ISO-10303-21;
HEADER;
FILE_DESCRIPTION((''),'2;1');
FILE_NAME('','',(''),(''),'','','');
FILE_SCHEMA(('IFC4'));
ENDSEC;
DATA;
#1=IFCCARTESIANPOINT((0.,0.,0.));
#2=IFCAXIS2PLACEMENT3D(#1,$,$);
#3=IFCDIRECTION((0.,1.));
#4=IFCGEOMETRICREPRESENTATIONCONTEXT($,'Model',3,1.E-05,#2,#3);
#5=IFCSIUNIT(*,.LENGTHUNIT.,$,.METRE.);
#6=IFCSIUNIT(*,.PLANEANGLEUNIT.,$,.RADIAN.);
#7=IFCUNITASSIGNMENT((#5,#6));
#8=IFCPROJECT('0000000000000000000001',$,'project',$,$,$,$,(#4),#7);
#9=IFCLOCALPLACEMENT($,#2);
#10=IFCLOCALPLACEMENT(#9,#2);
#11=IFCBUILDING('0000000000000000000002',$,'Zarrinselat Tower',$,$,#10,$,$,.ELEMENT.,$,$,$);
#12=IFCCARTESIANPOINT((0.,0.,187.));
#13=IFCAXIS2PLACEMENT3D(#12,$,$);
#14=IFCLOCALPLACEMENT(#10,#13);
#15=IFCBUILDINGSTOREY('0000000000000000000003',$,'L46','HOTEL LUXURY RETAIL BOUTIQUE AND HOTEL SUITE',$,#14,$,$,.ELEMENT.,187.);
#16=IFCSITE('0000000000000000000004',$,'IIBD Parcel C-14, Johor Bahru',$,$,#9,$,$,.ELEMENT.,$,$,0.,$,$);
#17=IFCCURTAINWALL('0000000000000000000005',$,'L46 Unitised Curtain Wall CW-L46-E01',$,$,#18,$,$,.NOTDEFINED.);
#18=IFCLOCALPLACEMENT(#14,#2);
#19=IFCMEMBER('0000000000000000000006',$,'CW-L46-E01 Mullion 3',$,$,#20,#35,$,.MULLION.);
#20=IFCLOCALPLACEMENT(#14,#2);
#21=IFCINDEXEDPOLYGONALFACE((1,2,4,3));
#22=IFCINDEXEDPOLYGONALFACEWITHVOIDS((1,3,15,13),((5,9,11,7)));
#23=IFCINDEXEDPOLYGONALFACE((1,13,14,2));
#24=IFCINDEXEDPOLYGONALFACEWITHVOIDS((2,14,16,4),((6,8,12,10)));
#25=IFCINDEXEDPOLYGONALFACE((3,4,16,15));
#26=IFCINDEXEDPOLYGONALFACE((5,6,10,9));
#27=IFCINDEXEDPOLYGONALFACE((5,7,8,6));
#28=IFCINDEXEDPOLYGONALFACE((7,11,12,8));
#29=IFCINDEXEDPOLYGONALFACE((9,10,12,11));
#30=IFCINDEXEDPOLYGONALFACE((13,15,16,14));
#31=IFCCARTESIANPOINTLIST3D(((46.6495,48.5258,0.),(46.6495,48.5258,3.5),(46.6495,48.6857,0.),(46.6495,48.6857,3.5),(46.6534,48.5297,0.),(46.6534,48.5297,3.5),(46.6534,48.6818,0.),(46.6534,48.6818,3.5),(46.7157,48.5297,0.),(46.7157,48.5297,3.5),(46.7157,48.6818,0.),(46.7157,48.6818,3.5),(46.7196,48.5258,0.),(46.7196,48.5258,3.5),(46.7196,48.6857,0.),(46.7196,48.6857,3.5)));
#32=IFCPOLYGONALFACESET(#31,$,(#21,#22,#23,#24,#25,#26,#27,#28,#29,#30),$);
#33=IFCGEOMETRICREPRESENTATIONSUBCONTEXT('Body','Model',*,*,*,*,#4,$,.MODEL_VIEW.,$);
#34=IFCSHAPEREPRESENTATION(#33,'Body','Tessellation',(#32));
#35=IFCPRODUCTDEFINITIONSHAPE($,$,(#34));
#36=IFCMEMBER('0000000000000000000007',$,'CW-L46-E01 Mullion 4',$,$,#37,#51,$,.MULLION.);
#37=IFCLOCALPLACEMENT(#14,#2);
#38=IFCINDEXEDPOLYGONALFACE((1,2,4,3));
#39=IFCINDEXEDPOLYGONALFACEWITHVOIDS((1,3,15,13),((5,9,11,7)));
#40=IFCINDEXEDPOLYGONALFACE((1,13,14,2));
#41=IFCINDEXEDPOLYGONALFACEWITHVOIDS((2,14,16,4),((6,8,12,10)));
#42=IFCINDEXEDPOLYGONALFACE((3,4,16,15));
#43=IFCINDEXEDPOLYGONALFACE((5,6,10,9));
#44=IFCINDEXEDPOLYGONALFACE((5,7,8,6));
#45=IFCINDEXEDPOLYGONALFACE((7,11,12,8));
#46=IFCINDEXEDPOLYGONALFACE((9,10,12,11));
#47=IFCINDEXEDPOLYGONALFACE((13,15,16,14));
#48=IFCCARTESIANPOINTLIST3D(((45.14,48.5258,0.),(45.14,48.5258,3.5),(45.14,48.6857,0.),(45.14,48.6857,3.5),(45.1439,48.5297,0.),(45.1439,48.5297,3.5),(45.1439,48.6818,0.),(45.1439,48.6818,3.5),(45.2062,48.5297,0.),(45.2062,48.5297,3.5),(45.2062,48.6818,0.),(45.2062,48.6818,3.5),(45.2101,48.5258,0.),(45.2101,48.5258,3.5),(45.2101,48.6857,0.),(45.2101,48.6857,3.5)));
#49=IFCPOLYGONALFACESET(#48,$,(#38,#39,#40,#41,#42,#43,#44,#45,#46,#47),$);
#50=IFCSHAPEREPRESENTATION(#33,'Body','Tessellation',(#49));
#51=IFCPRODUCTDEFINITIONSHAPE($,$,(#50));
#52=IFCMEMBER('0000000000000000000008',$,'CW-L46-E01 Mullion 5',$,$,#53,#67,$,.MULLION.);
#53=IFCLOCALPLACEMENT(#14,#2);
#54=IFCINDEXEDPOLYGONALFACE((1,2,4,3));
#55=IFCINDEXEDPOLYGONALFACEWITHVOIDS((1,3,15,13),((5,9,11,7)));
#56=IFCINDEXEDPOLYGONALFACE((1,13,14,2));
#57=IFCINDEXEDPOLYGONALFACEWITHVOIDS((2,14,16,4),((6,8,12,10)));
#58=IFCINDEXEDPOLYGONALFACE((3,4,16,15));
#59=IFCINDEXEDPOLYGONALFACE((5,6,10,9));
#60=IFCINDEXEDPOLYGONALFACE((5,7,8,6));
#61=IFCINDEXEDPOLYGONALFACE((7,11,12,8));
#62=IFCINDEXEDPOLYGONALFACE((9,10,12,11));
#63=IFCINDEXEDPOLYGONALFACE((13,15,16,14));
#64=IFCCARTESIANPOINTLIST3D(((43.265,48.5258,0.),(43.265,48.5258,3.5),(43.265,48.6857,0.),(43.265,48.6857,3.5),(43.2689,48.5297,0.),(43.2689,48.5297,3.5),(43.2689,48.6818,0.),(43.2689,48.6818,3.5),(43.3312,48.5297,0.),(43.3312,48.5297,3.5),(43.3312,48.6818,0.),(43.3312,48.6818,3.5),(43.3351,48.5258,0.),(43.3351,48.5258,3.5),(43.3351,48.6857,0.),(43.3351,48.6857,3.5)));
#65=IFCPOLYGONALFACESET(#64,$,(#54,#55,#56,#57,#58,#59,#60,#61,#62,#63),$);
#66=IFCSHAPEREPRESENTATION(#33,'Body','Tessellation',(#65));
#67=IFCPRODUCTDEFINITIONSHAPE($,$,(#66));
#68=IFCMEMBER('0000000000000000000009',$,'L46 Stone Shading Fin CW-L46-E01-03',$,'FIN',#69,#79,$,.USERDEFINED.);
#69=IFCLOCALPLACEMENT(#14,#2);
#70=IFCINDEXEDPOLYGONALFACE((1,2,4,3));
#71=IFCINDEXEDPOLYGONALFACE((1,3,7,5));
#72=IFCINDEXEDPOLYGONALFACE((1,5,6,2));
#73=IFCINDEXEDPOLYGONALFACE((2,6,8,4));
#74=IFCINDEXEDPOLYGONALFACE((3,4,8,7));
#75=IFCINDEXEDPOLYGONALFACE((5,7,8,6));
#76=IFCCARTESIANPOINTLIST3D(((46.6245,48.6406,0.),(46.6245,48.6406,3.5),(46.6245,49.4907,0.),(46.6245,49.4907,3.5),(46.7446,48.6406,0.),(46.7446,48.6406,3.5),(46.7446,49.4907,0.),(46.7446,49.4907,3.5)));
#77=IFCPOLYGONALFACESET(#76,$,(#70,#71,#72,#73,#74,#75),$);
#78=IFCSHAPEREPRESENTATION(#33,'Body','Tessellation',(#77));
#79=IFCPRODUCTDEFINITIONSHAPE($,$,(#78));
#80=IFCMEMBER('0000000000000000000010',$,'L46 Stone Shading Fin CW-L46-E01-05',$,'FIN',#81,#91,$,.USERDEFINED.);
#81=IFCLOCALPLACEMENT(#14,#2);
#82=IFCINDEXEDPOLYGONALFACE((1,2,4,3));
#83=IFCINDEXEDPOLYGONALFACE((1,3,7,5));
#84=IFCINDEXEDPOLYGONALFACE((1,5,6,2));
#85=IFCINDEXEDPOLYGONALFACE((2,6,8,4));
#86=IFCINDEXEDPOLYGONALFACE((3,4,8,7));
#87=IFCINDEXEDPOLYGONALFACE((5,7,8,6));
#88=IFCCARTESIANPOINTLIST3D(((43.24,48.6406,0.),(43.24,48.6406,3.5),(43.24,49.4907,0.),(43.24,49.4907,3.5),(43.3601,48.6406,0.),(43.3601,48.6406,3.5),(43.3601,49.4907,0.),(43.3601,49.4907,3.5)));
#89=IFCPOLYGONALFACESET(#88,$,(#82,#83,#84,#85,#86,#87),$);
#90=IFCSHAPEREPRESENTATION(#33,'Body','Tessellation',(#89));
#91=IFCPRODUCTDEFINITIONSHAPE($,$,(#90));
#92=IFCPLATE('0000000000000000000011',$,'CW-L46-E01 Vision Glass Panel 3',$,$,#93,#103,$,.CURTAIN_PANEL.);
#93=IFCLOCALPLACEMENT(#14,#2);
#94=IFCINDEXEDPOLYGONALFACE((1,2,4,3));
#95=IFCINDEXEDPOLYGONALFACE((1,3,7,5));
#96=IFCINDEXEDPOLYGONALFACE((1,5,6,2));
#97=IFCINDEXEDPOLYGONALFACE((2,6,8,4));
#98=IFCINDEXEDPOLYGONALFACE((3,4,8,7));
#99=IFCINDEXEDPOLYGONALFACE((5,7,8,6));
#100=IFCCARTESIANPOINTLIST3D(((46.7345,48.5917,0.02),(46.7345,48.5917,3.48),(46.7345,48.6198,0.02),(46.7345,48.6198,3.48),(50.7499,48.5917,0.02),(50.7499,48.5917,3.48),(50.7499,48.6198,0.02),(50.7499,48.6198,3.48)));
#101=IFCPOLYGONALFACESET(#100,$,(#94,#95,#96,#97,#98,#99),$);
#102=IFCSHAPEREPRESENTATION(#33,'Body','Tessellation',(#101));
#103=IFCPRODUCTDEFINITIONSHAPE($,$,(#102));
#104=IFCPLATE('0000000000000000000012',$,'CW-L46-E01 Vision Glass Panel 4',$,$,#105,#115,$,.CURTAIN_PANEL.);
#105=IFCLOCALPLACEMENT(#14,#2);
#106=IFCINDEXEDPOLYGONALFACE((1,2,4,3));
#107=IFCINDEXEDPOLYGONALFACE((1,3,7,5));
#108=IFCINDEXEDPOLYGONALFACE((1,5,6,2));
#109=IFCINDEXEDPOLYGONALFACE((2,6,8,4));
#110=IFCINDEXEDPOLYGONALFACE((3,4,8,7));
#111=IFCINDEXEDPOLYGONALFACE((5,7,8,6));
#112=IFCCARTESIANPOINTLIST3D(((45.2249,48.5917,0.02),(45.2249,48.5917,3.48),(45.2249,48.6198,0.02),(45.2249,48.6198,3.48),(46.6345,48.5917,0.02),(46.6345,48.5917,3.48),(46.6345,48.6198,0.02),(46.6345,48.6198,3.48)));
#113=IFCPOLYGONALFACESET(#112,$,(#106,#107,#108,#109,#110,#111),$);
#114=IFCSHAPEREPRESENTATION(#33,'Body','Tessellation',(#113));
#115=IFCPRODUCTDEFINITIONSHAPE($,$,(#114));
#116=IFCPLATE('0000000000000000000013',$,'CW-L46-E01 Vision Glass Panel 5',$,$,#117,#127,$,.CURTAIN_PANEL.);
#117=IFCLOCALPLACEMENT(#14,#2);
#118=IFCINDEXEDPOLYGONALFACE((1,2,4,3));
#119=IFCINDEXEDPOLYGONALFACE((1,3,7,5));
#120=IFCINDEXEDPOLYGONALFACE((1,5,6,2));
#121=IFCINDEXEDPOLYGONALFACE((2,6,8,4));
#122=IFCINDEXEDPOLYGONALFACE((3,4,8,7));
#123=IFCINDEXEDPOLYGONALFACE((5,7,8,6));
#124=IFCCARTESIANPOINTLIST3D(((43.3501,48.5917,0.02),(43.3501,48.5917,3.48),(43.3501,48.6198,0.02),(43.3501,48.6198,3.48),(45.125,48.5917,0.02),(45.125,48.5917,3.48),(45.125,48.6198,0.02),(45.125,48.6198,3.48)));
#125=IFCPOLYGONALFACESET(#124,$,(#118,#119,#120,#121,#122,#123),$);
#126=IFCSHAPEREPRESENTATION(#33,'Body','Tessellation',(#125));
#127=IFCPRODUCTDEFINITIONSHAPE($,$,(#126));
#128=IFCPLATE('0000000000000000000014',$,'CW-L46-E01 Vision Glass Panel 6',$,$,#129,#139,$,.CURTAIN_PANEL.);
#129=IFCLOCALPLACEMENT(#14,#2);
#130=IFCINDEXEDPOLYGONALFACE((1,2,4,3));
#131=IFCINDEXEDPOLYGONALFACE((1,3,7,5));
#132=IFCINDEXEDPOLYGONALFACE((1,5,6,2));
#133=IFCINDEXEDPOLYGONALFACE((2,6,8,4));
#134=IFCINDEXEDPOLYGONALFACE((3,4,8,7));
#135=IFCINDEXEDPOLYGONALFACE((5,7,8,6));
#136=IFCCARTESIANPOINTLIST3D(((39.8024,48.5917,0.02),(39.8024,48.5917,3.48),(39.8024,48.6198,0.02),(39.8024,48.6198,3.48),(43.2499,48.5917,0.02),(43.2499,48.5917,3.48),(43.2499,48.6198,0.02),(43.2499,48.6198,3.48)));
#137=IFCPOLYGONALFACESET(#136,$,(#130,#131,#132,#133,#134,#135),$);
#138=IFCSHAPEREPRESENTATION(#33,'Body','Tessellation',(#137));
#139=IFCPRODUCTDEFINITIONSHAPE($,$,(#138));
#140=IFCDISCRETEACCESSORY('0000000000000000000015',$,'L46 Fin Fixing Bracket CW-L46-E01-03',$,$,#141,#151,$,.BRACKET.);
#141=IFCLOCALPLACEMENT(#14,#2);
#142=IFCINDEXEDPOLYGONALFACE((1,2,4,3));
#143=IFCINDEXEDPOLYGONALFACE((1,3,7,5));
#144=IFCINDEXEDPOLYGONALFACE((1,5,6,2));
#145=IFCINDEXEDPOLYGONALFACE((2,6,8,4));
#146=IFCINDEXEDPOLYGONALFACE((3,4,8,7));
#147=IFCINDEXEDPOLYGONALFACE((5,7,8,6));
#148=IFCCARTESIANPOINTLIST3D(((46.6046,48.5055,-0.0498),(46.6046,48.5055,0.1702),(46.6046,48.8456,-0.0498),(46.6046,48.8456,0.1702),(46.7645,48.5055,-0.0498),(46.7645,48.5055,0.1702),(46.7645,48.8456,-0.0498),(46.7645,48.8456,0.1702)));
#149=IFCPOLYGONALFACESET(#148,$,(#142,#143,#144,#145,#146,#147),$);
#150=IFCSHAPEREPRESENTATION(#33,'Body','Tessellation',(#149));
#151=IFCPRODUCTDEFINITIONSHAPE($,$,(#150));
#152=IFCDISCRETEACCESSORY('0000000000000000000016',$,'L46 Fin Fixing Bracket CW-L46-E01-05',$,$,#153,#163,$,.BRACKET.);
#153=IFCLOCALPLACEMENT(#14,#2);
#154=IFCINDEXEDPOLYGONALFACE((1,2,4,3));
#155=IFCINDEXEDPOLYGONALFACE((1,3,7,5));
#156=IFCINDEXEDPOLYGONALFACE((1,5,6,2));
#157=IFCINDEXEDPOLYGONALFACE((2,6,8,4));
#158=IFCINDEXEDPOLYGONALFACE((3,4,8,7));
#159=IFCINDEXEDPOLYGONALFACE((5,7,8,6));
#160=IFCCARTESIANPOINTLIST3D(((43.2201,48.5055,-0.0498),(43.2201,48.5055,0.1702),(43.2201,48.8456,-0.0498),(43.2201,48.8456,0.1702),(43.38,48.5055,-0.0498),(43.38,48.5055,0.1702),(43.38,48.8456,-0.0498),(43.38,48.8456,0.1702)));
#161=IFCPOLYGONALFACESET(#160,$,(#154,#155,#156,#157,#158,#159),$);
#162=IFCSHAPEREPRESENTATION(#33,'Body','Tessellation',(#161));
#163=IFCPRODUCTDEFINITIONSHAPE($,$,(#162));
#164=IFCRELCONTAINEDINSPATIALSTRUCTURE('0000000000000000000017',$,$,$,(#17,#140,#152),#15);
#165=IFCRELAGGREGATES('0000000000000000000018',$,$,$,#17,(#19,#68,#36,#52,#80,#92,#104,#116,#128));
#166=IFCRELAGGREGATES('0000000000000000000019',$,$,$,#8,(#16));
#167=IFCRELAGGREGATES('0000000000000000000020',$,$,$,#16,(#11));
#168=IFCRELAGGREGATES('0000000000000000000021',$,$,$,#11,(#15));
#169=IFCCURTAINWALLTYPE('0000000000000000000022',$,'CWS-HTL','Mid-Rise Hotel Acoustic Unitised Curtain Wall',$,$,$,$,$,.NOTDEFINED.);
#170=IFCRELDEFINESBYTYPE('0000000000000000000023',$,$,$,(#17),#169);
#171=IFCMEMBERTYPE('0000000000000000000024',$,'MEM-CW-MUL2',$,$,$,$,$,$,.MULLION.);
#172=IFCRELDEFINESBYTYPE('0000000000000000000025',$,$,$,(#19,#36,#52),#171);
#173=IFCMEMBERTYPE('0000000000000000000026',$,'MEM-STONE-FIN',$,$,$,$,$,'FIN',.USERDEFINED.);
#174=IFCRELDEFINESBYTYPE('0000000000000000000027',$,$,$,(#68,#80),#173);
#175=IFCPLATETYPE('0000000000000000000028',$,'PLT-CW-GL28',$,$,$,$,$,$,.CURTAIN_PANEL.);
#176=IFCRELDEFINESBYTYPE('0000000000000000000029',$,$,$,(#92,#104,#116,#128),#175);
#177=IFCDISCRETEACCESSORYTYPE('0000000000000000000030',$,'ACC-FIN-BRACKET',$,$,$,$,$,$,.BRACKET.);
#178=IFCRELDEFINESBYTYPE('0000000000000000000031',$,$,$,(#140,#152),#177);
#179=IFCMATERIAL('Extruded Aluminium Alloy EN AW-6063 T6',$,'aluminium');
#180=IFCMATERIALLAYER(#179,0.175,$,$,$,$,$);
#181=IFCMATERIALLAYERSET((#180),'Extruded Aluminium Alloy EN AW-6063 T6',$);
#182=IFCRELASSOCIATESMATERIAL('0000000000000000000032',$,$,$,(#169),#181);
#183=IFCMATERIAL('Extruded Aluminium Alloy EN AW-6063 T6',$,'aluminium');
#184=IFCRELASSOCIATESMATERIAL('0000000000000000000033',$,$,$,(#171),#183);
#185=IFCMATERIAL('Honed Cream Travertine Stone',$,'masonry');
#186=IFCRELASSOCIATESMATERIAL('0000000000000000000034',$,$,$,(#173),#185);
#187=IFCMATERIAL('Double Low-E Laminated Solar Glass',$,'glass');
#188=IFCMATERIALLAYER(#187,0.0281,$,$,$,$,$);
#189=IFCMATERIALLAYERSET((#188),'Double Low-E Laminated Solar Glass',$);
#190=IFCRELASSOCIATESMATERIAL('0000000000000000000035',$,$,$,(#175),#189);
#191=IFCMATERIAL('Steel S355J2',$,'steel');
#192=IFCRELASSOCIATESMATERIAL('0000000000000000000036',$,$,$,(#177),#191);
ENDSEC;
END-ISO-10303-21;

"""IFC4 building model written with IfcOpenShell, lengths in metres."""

from ifc_helpers import new_model, si_unit, direction, frame, origin, origin_2d, place, context, subcontext, project, spatial, rectangle, hollow_rectangle, extrude, material, layer, layer_set, material_profile, profile_set, type_object, element, aggregate, save


model = new_model("IFC4")

# Units and contexts
model_context = context("Model", 3, precision=1e-05, world=origin(), true_north=direction((0.0, 1.0)))
body_context = subcontext(model_context, "Body", "Model", "MODEL_VIEW")
ifc_project = project(units=[si_unit("LENGTHUNIT", "METRE"), si_unit("PLANEANGLEUNIT", "RADIAN")], contexts=[model_context])

# Site, building, storey
site_placement = place(None, origin())
site = spatial("IfcSite", under=ifc_project, at=site_placement, Name="IIBD Parcel C-14, Johor Bahru", CompositionType="ELEMENT", RefElevation=0.0)
building_placement = place(site_placement, origin())
building = spatial("IfcBuilding", under=site, at=building_placement, Name="Zarrinselat Tower", CompositionType="ELEMENT")
storey_placement = place(building_placement, frame((0.0, 0.0, 187.0)))
storey = spatial("IfcBuildingStorey", under=building, at=storey_placement, Name="L46", Description="HOTEL LUXURY RETAIL BOUTIQUE AND HOTEL SUITE", CompositionType="ELEMENT", Elevation=187.0)

# Curtain wall, members, plates
ifc_material_1 = material(Name="Extruded Aluminium Alloy EN AW-6063 T6", Category="aluminium")
ifc_layer_1 = layer(ifc_material_1, 0.175)
ifc_layer_set_1 = layer_set([ifc_layer_1], Name="Extruded Aluminium Alloy EN AW-6063 T6")
curtain_wall_type = type_object("IfcCurtainWallType", Name="CWS-HTL", Description="Mid-Rise Hotel Acoustic Unitised Curtain Wall", PredefinedType="NOTDEFINED", material=ifc_layer_set_1)
curtain_wall_placement = place(storey_placement, origin())
curtain_wall = element("IfcCurtainWall", 1, at=curtain_wall_placement, inside=storey, type_object=curtain_wall_type, Name="L46 Unitised Curtain Wall CW-L46-E01", PredefinedType="NOTDEFINED")
ifc_material_2 = material(Name="Extruded Aluminium Alloy EN AW-6063 T6", Category="aluminium")
ifc_material_profile_1 = material_profile(ifc_material_2, hollow_rectangle(XDim=0.0701, YDim=0.1599, WallThickness=0.0039, at=origin_2d()), Name="RHS 160x70x4")
ifc_profile_set_1 = profile_set([ifc_material_profile_1], Name="Extruded Aluminium Alloy EN AW-6063 T6")
member_type_1 = type_object("IfcMemberType", Name="MEM-CW-MUL2", PredefinedType="MULLION", material=ifc_profile_set_1)
member_1_placement = place(storey_placement, frame((46.6846, 48.6057, 0.0), z_axis=(0.0, 0.0, 1.0), x_axis=(-1.0, 0.0, 0.0)))
member_1 = element("IfcMember", 2, at=member_1_placement, type_object=member_type_1, Name="CW-L46-E01 Mullion 3", PredefinedType="MULLION", context=body_context, shape_type="SweptSolid", body=[
    extrude(hollow_rectangle(XDim=0.0701, YDim=0.1599, WallThickness=0.0039, at=origin_2d()), origin(), (0.0, 0.0, 1.0), 3.5),
])
member_2_placement = place(storey_placement, frame((45.175, 48.6057, 0.0), z_axis=(0.0, 0.0, 1.0), x_axis=(-1.0, 0.0, 0.0)))
member_2 = element("IfcMember", 3, at=member_2_placement, type_object=member_type_1, Name="CW-L46-E01 Mullion 4", PredefinedType="MULLION", context=body_context, shape_type="SweptSolid", body=[
    extrude(hollow_rectangle(XDim=0.0701, YDim=0.1599, WallThickness=0.0039, at=origin_2d()), origin(), (0.0, 0.0, 1.0), 3.5),
])
member_3_placement = place(storey_placement, frame((43.3, 48.6057, 0.0), z_axis=(0.0, 0.0, 1.0), x_axis=(-1.0, 0.0, 0.0)))
member_3 = element("IfcMember", 4, at=member_3_placement, type_object=member_type_1, Name="CW-L46-E01 Mullion 5", PredefinedType="MULLION", context=body_context, shape_type="SweptSolid", body=[
    extrude(hollow_rectangle(XDim=0.0701, YDim=0.1599, WallThickness=0.0039, at=origin_2d()), origin(), (0.0, 0.0, 1.0), 3.5),
])
ifc_material_3 = material(Name="Honed Cream Travertine Stone", Category="masonry")
ifc_material_profile_2 = material_profile(ifc_material_3, rectangle(XDim=0.1201, YDim=0.8501, at=origin_2d()), Name="FIN 850x120")
ifc_profile_set_2 = profile_set([ifc_material_profile_2], Name="Honed Cream Travertine Stone")
member_type_2 = type_object("IfcMemberType", Name="MEM-STONE-FIN", ElementType="FIN", PredefinedType="USERDEFINED", material=ifc_profile_set_2)
member_4_placement = place(storey_placement, frame((46.6846, 49.0657, 0.0), z_axis=(0.0, 0.0, 1.0), x_axis=(1.0, 0.0, 0.0)))
member_4 = element("IfcMember", 5, at=member_4_placement, type_object=member_type_2, Name="L46 Stone Shading Fin CW-L46-E01-03", ObjectType="FIN", PredefinedType="USERDEFINED", context=body_context, shape_type="SweptSolid", body=[
    extrude(rectangle(XDim=0.1201, YDim=0.8501, at=origin_2d()), origin(), (0.0, 0.0, 1.0), 3.5),
])
member_5_placement = place(storey_placement, frame((43.3, 49.0657, 0.0), z_axis=(0.0, 0.0, 1.0), x_axis=(1.0, 0.0, 0.0)))
member_5 = element("IfcMember", 6, at=member_5_placement, type_object=member_type_2, Name="L46 Stone Shading Fin CW-L46-E01-05", ObjectType="FIN", PredefinedType="USERDEFINED", context=body_context, shape_type="SweptSolid", body=[
    extrude(rectangle(XDim=0.1201, YDim=0.8501, at=origin_2d()), origin(), (0.0, 0.0, 1.0), 3.5),
])
ifc_material_4 = material(Name="Double Low-E Laminated Solar Glass", Category="glass")
ifc_layer_2 = layer(ifc_material_4, 0.0281)
ifc_layer_set_2 = layer_set([ifc_layer_2], Name="Double Low-E Laminated Solar Glass")
plate_type = type_object("IfcPlateType", Name="PLT-CW-GL28", PredefinedType="CURTAIN_PANEL", material=ifc_layer_set_2)
plate_1_placement = place(storey_placement, frame((48.7422, 48.6057, 0.02), z_axis=(0.0, 0.0, 1.0), x_axis=(-1.0, 0.0, 0.0)))
plate_1 = element("IfcPlate", 7, at=plate_1_placement, type_object=plate_type, Name="CW-L46-E01 Vision Glass Panel 3", PredefinedType="CURTAIN_PANEL", context=body_context, shape_type="SweptSolid", body=[
    extrude(rectangle(XDim=4.0154, YDim=0.0281, at=origin_2d()), origin(), (0.0, 0.0, 1.0), 3.46),
])
plate_2_placement = place(storey_placement, frame((45.9297, 48.6057, 0.02), z_axis=(0.0, 0.0, 1.0), x_axis=(-1.0, 0.0, 0.0)))
plate_2 = element("IfcPlate", 8, at=plate_2_placement, type_object=plate_type, Name="CW-L46-E01 Vision Glass Panel 4", PredefinedType="CURTAIN_PANEL", context=body_context, shape_type="SweptSolid", body=[
    extrude(rectangle(XDim=1.4097, YDim=0.0281, at=origin_2d()), origin(), (0.0, 0.0, 1.0), 3.46),
])
plate_3_placement = place(storey_placement, frame((44.2375, 48.6057, 0.02), z_axis=(0.0, 0.0, 1.0), x_axis=(-1.0, 0.0, 0.0)))
plate_3 = element("IfcPlate", 9, at=plate_3_placement, type_object=plate_type, Name="CW-L46-E01 Vision Glass Panel 5", PredefinedType="CURTAIN_PANEL", context=body_context, shape_type="SweptSolid", body=[
    extrude(rectangle(XDim=1.7749, YDim=0.0281, at=origin_2d()), origin(), (0.0, 0.0, 1.0), 3.46),
])
plate_4_placement = place(storey_placement, frame((41.5261, 48.6057, 0.02), z_axis=(0.0, 0.0, 1.0), x_axis=(-1.0, 0.0, 0.0)))
plate_4 = element("IfcPlate", 10, at=plate_4_placement, type_object=plate_type, Name="CW-L46-E01 Vision Glass Panel 6", PredefinedType="CURTAIN_PANEL", context=body_context, shape_type="SweptSolid", body=[
    extrude(rectangle(XDim=3.4475, YDim=0.0281, at=origin_2d()), origin(), (0.0, 0.0, 1.0), 3.46),
])
aggregate(curtain_wall, [member_1, member_4, member_2, member_3, member_5, plate_1, plate_2, plate_3, plate_4])

# Discrete accessories
ifc_material_5 = material(Name="Steel S355J2", Category="steel")
discrete_accessory_type = type_object("IfcDiscreteAccessoryType", Name="ACC-FIN-BRACKET", PredefinedType="BRACKET", material=ifc_material_5)
for number, where, z_axis, x_axis, name in (
    (11, (46.6846, 48.6755, -0.0498), (0.0, 0.0, 1.0), (0.0, 1.0, 0.0), "L46 Fin Fixing Bracket CW-L46-E01-03"),
    (12, (43.3, 48.6755, -0.0498), (0.0, 0.0, 1.0), (0.0, 1.0, 0.0), "L46 Fin Fixing Bracket CW-L46-E01-05"),
):
    element("IfcDiscreteAccessory", number, at=place(storey_placement, frame(where, z_axis=z_axis, x_axis=x_axis)), inside=storey, type_object=discrete_accessory_type, Name=name, PredefinedType="BRACKET", context=body_context, shape_type="SweptSolid", body=[
        extrude(rectangle(XDim=0.3401, YDim=0.1599, at=origin_2d()), origin(), (0.0, 0.0, 1.0), 0.22),
    ])

save(model, "model.ifc")
